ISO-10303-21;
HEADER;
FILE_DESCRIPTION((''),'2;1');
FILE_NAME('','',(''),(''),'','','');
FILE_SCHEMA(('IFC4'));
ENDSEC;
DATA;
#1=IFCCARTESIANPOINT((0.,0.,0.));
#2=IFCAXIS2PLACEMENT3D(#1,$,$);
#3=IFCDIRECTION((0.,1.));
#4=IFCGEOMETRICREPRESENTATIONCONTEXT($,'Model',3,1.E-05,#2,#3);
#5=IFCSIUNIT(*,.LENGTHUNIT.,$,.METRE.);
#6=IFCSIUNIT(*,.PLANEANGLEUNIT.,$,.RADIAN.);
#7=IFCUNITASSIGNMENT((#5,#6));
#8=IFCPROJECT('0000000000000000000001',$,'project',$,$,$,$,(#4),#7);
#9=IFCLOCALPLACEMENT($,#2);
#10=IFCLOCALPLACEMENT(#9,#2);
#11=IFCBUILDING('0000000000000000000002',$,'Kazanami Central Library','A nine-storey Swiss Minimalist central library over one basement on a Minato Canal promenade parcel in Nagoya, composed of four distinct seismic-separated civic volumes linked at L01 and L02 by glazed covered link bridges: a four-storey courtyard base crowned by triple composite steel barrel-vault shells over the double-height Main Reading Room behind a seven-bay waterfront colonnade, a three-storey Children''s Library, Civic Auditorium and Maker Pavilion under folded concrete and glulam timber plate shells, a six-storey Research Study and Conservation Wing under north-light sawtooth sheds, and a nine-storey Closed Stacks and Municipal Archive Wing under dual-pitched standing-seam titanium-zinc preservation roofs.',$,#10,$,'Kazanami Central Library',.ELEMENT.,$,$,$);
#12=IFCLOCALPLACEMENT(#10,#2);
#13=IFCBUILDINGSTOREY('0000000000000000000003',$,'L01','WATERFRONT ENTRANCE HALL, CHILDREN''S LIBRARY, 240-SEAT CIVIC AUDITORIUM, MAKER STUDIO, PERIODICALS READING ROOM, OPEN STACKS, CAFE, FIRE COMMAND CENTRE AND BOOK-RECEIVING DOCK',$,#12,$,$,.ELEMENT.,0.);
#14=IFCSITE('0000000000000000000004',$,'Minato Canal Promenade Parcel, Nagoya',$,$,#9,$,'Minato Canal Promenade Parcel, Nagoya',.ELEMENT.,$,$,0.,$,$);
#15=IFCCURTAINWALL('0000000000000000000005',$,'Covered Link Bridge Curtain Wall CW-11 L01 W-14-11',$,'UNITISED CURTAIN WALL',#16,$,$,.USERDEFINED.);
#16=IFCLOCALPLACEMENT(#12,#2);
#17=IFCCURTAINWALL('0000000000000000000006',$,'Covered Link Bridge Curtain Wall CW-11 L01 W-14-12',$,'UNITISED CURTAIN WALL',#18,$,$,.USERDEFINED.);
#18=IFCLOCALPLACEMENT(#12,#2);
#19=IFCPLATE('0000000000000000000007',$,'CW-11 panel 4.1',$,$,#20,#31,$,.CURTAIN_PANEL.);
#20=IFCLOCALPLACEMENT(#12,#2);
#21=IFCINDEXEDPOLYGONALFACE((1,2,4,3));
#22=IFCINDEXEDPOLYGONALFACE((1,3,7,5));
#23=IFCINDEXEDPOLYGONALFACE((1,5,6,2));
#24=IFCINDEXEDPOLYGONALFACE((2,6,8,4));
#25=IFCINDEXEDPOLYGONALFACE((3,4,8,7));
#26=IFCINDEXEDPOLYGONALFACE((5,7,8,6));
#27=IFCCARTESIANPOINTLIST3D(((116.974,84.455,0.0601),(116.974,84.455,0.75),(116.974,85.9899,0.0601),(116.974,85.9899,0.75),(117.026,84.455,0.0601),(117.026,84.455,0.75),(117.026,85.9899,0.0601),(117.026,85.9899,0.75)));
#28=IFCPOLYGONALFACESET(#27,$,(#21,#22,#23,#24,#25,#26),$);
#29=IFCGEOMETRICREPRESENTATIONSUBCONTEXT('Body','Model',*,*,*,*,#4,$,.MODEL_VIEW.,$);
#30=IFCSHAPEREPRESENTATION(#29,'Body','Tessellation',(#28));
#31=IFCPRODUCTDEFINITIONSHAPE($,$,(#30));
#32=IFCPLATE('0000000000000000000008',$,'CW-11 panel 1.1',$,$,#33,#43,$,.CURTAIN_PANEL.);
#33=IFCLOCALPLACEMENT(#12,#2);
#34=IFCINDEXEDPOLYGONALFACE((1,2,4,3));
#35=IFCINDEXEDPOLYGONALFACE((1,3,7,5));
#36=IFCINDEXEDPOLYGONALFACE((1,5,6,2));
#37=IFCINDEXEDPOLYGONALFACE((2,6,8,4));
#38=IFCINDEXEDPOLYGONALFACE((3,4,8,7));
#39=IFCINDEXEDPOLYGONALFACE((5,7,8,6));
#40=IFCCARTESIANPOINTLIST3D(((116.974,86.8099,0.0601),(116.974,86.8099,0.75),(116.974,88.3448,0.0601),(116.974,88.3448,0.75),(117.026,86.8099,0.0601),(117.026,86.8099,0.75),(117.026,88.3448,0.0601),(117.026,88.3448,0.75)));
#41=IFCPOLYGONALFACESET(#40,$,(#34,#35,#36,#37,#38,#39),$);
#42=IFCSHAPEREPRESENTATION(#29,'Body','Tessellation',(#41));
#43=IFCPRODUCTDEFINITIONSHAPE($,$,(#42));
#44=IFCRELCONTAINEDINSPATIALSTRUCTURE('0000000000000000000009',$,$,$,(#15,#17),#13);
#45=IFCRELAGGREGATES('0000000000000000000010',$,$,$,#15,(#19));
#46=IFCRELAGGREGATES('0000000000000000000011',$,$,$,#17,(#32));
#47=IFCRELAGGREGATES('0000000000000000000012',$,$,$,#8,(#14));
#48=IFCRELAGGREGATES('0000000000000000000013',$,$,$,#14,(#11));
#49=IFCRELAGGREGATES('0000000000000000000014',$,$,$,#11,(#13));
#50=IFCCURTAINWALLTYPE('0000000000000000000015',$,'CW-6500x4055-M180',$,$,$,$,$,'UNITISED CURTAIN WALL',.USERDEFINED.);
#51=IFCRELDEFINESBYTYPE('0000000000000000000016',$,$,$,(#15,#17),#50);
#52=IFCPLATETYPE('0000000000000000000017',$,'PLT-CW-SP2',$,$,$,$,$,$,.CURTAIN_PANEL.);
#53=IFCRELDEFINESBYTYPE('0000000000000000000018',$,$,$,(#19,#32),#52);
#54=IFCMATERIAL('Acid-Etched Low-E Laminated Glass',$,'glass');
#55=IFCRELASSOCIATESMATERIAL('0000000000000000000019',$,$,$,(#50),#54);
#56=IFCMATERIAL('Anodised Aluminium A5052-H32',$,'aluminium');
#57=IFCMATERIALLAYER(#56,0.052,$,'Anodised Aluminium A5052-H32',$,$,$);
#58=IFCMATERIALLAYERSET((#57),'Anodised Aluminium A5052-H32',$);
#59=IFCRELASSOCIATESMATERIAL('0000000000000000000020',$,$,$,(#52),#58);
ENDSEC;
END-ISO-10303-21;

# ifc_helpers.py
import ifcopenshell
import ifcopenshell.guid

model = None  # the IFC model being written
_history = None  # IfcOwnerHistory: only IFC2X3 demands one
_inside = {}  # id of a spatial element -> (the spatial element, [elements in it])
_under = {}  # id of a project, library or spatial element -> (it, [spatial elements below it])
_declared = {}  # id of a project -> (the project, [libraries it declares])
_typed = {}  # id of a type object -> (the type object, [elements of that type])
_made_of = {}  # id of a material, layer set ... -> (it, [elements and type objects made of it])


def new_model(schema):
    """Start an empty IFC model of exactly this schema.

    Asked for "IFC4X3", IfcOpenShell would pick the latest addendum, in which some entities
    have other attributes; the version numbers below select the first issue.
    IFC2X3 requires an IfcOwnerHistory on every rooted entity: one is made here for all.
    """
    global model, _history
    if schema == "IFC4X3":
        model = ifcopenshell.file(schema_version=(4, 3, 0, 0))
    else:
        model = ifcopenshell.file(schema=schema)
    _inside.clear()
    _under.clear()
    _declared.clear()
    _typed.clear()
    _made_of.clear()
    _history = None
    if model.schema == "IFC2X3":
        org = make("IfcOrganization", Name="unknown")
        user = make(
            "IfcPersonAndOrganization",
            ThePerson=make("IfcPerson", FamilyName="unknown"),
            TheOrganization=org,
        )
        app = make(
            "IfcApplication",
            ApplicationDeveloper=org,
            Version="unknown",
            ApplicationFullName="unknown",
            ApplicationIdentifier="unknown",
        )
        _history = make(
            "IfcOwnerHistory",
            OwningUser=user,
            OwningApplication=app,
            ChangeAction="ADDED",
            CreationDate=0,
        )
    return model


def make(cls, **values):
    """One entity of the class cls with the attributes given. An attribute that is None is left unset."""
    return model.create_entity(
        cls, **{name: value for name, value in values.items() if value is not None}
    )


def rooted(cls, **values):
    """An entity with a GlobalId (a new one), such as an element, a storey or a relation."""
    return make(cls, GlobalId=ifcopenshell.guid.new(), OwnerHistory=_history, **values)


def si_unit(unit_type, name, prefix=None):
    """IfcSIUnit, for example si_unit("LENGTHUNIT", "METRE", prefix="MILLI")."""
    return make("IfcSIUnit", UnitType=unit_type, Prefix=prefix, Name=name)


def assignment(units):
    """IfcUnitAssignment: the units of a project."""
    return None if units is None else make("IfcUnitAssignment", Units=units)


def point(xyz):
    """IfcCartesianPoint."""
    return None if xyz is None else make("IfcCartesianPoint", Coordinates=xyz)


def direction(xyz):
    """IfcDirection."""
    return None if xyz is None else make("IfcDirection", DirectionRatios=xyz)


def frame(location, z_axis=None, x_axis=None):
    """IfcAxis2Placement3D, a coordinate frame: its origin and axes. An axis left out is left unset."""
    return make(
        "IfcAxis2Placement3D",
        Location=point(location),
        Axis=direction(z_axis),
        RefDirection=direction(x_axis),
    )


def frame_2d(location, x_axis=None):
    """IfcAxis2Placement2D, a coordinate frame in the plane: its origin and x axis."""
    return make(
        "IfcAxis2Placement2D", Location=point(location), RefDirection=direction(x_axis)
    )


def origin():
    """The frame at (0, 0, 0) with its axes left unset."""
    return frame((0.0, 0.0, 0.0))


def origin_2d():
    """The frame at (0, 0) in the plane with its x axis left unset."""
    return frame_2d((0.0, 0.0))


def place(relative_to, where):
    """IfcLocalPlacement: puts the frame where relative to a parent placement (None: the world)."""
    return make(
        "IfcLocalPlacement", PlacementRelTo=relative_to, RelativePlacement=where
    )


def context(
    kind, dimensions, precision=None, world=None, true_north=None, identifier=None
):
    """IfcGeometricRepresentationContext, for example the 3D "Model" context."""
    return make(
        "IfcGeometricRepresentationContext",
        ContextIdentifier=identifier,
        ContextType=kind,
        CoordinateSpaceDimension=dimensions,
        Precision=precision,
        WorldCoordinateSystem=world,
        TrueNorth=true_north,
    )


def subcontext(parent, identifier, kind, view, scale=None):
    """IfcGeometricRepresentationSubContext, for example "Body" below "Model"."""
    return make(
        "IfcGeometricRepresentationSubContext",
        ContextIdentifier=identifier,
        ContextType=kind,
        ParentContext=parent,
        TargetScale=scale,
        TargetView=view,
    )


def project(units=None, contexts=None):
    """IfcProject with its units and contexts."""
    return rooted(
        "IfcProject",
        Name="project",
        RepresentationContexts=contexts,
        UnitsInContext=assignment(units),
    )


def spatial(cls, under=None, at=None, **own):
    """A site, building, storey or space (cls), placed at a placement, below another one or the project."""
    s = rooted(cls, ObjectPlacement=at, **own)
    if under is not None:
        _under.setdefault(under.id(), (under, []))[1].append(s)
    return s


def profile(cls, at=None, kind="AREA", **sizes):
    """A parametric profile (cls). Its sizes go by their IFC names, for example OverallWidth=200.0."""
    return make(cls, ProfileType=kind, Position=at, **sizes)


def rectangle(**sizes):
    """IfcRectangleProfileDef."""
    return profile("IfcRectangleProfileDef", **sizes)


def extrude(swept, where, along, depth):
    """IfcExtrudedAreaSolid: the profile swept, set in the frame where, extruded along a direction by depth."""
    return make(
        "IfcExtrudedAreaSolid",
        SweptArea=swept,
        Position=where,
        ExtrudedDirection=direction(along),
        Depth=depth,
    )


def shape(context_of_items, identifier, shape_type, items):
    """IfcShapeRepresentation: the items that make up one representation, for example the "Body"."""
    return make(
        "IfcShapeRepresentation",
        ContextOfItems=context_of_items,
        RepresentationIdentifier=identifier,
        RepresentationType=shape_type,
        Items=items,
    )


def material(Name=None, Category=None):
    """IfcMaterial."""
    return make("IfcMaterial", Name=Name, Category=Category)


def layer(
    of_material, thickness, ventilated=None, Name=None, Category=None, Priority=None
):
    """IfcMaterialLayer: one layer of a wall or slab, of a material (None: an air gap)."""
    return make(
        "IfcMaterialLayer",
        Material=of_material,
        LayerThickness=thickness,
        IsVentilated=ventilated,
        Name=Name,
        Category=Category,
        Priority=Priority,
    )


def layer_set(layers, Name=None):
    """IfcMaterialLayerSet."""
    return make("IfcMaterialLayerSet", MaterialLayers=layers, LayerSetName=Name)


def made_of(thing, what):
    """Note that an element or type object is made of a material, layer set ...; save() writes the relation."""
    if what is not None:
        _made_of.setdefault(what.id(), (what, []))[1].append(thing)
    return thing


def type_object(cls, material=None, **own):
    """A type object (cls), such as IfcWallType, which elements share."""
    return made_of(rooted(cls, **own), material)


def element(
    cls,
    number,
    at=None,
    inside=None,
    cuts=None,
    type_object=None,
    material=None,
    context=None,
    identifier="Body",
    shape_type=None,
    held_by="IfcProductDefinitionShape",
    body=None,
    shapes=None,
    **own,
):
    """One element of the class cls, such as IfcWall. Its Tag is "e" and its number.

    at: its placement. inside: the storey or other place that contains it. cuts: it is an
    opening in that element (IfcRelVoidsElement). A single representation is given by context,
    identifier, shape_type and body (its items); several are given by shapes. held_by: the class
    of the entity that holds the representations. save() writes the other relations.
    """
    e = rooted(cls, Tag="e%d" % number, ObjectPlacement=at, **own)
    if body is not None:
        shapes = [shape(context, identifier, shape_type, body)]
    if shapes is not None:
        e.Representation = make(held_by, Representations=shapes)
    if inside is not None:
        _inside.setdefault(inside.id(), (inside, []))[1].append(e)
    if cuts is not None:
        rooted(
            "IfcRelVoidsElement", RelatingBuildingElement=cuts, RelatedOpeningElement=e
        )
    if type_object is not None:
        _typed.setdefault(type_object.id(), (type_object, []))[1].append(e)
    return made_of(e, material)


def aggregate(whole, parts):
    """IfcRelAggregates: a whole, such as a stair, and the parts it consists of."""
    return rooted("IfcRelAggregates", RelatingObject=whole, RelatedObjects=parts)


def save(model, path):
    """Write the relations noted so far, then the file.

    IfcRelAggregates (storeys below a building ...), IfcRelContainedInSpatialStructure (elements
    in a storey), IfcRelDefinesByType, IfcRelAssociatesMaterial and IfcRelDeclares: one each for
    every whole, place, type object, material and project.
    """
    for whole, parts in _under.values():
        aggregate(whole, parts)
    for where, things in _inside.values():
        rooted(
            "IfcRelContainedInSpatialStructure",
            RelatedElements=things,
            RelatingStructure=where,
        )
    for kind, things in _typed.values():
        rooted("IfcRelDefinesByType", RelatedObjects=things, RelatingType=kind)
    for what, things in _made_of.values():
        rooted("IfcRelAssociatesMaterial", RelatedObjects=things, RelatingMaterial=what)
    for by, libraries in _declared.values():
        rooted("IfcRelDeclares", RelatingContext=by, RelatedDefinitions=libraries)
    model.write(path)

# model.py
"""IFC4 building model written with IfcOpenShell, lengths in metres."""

from ifc_helpers import new_model, si_unit, direction, frame, origin, origin_2d, place, context, subcontext, project, spatial, rectangle, extrude, material, layer, layer_set, type_object, element, aggregate, save


model = new_model("IFC4")

# Units and contexts
model_context = context("Model", 3, precision=1e-05, world=origin(), true_north=direction((0.0, 1.0)))
body_context = subcontext(model_context, "Body", "Model", "MODEL_VIEW")
ifc_project = project(units=[si_unit("LENGTHUNIT", "METRE"), si_unit("PLANEANGLEUNIT", "RADIAN")], contexts=[model_context])

# Site, building, storey
site_placement = place(None, origin())
site = spatial("IfcSite", under=ifc_project, at=site_placement, Name="Minato Canal Promenade Parcel, Nagoya", LongName="Minato Canal Promenade Parcel, Nagoya", CompositionType="ELEMENT", RefElevation=0.0)
building_placement = place(site_placement, origin())
building = spatial("IfcBuilding", under=site, at=building_placement, Name="Kazanami Central Library", Description="A nine-storey Swiss Minimalist central library over one basement on a Minato Canal promenade parcel in Nagoya, composed of four distinct seismic-separated civic volumes linked at L01 and L02 by glazed covered link bridges: a four-storey courtyard base crowned by triple composite steel barrel-vault shells over the double-height Main Reading Room behind a seven-bay waterfront colonnade, a three-storey Children's Library, Civic Auditorium and Maker Pavilion under folded concrete and glulam timber plate shells, a six-storey Research Study and Conservation Wing under north-light sawtooth sheds, and a nine-storey Closed Stacks and Municipal Archive Wing under dual-pitched standing-seam titanium-zinc preservation roofs.", LongName="Kazanami Central Library", CompositionType="ELEMENT")
storey_placement = place(building_placement, origin())
storey = spatial("IfcBuildingStorey", under=building, at=storey_placement, Name="L01", Description="WATERFRONT ENTRANCE HALL, CHILDREN'S LIBRARY, 240-SEAT CIVIC AUDITORIUM, MAKER STUDIO, PERIODICALS READING ROOM, OPEN STACKS, CAFE, FIRE COMMAND CENTRE AND BOOK-RECEIVING DOCK", CompositionType="ELEMENT", Elevation=0.0)

# Curtain wall
ifc_material_1 = material(Name="Acid-Etched Low-E Laminated Glass", Category="glass")
curtain_wall_type_1 = type_object("IfcCurtainWallType", Name="CW-6500x4055-M180", ElementType="UNITISED CURTAIN WALL", PredefinedType="USERDEFINED", material=ifc_material_1)
curtain_wall_1_placement = place(storey_placement, origin())
curtain_wall_1 = element("IfcCurtainWall", 1, at=curtain_wall_1_placement, inside=storey, type_object=curtain_wall_type_1, Name="Covered Link Bridge Curtain Wall CW-11 L01 W-14-11", ObjectType="UNITISED CURTAIN WALL", PredefinedType="USERDEFINED")

# Curtain wall
curtain_wall_2_placement = place(storey_placement, origin())
curtain_wall_2 = element("IfcCurtainWall", 2, at=curtain_wall_2_placement, inside=storey, type_object=curtain_wall_type_1, Name="Covered Link Bridge Curtain Wall CW-11 L01 W-14-12", ObjectType="UNITISED CURTAIN WALL", PredefinedType="USERDEFINED")

# Plates
ifc_material_2 = material(Name="Anodised Aluminium A5052-H32", Category="aluminium")
ifc_layer_1 = layer(ifc_material_2, 0.052, Name="Anodised Aluminium A5052-H32")
ifc_layer_set_1 = layer_set([ifc_layer_1], Name="Anodised Aluminium A5052-H32")
plate_type_1 = type_object("IfcPlateType", Name="PLT-CW-SP2", PredefinedType="CURTAIN_PANEL", material=ifc_layer_set_1)
plate_1_placement = place(storey_placement, frame((117.0, 85.2224, 0.0601), z_axis=(0.0, 0.0, 1.0), x_axis=(0.0, 1.0, 0.0)))
plate_1 = element("IfcPlate", 3, at=plate_1_placement, type_object=plate_type_1, Name="CW-11 panel 4.1", PredefinedType="CURTAIN_PANEL", context=body_context, shape_type="SweptSolid", body=[
    extrude(rectangle(XDim=1.5349, YDim=0.052, at=origin_2d()), origin(), (0.0, 0.0, 1.0), 0.6899),
])
aggregate(curtain_wall_1, [plate_1])
plate_2_placement = place(storey_placement, frame((117.0, 87.5774, 0.0601), z_axis=(0.0, 0.0, 1.0), x_axis=(0.0, 1.0, 0.0)))
plate_2 = element("IfcPlate", 4, at=plate_2_placement, type_object=plate_type_1, Name="CW-11 panel 1.1", PredefinedType="CURTAIN_PANEL", context=body_context, shape_type="SweptSolid", body=[
    extrude(rectangle(XDim=1.5349, YDim=0.052, at=origin_2d()), origin(), (0.0, 0.0, 1.0), 0.6899),
])
aggregate(curtain_wall_2, [plate_2])

save(model, "model.ifc")
